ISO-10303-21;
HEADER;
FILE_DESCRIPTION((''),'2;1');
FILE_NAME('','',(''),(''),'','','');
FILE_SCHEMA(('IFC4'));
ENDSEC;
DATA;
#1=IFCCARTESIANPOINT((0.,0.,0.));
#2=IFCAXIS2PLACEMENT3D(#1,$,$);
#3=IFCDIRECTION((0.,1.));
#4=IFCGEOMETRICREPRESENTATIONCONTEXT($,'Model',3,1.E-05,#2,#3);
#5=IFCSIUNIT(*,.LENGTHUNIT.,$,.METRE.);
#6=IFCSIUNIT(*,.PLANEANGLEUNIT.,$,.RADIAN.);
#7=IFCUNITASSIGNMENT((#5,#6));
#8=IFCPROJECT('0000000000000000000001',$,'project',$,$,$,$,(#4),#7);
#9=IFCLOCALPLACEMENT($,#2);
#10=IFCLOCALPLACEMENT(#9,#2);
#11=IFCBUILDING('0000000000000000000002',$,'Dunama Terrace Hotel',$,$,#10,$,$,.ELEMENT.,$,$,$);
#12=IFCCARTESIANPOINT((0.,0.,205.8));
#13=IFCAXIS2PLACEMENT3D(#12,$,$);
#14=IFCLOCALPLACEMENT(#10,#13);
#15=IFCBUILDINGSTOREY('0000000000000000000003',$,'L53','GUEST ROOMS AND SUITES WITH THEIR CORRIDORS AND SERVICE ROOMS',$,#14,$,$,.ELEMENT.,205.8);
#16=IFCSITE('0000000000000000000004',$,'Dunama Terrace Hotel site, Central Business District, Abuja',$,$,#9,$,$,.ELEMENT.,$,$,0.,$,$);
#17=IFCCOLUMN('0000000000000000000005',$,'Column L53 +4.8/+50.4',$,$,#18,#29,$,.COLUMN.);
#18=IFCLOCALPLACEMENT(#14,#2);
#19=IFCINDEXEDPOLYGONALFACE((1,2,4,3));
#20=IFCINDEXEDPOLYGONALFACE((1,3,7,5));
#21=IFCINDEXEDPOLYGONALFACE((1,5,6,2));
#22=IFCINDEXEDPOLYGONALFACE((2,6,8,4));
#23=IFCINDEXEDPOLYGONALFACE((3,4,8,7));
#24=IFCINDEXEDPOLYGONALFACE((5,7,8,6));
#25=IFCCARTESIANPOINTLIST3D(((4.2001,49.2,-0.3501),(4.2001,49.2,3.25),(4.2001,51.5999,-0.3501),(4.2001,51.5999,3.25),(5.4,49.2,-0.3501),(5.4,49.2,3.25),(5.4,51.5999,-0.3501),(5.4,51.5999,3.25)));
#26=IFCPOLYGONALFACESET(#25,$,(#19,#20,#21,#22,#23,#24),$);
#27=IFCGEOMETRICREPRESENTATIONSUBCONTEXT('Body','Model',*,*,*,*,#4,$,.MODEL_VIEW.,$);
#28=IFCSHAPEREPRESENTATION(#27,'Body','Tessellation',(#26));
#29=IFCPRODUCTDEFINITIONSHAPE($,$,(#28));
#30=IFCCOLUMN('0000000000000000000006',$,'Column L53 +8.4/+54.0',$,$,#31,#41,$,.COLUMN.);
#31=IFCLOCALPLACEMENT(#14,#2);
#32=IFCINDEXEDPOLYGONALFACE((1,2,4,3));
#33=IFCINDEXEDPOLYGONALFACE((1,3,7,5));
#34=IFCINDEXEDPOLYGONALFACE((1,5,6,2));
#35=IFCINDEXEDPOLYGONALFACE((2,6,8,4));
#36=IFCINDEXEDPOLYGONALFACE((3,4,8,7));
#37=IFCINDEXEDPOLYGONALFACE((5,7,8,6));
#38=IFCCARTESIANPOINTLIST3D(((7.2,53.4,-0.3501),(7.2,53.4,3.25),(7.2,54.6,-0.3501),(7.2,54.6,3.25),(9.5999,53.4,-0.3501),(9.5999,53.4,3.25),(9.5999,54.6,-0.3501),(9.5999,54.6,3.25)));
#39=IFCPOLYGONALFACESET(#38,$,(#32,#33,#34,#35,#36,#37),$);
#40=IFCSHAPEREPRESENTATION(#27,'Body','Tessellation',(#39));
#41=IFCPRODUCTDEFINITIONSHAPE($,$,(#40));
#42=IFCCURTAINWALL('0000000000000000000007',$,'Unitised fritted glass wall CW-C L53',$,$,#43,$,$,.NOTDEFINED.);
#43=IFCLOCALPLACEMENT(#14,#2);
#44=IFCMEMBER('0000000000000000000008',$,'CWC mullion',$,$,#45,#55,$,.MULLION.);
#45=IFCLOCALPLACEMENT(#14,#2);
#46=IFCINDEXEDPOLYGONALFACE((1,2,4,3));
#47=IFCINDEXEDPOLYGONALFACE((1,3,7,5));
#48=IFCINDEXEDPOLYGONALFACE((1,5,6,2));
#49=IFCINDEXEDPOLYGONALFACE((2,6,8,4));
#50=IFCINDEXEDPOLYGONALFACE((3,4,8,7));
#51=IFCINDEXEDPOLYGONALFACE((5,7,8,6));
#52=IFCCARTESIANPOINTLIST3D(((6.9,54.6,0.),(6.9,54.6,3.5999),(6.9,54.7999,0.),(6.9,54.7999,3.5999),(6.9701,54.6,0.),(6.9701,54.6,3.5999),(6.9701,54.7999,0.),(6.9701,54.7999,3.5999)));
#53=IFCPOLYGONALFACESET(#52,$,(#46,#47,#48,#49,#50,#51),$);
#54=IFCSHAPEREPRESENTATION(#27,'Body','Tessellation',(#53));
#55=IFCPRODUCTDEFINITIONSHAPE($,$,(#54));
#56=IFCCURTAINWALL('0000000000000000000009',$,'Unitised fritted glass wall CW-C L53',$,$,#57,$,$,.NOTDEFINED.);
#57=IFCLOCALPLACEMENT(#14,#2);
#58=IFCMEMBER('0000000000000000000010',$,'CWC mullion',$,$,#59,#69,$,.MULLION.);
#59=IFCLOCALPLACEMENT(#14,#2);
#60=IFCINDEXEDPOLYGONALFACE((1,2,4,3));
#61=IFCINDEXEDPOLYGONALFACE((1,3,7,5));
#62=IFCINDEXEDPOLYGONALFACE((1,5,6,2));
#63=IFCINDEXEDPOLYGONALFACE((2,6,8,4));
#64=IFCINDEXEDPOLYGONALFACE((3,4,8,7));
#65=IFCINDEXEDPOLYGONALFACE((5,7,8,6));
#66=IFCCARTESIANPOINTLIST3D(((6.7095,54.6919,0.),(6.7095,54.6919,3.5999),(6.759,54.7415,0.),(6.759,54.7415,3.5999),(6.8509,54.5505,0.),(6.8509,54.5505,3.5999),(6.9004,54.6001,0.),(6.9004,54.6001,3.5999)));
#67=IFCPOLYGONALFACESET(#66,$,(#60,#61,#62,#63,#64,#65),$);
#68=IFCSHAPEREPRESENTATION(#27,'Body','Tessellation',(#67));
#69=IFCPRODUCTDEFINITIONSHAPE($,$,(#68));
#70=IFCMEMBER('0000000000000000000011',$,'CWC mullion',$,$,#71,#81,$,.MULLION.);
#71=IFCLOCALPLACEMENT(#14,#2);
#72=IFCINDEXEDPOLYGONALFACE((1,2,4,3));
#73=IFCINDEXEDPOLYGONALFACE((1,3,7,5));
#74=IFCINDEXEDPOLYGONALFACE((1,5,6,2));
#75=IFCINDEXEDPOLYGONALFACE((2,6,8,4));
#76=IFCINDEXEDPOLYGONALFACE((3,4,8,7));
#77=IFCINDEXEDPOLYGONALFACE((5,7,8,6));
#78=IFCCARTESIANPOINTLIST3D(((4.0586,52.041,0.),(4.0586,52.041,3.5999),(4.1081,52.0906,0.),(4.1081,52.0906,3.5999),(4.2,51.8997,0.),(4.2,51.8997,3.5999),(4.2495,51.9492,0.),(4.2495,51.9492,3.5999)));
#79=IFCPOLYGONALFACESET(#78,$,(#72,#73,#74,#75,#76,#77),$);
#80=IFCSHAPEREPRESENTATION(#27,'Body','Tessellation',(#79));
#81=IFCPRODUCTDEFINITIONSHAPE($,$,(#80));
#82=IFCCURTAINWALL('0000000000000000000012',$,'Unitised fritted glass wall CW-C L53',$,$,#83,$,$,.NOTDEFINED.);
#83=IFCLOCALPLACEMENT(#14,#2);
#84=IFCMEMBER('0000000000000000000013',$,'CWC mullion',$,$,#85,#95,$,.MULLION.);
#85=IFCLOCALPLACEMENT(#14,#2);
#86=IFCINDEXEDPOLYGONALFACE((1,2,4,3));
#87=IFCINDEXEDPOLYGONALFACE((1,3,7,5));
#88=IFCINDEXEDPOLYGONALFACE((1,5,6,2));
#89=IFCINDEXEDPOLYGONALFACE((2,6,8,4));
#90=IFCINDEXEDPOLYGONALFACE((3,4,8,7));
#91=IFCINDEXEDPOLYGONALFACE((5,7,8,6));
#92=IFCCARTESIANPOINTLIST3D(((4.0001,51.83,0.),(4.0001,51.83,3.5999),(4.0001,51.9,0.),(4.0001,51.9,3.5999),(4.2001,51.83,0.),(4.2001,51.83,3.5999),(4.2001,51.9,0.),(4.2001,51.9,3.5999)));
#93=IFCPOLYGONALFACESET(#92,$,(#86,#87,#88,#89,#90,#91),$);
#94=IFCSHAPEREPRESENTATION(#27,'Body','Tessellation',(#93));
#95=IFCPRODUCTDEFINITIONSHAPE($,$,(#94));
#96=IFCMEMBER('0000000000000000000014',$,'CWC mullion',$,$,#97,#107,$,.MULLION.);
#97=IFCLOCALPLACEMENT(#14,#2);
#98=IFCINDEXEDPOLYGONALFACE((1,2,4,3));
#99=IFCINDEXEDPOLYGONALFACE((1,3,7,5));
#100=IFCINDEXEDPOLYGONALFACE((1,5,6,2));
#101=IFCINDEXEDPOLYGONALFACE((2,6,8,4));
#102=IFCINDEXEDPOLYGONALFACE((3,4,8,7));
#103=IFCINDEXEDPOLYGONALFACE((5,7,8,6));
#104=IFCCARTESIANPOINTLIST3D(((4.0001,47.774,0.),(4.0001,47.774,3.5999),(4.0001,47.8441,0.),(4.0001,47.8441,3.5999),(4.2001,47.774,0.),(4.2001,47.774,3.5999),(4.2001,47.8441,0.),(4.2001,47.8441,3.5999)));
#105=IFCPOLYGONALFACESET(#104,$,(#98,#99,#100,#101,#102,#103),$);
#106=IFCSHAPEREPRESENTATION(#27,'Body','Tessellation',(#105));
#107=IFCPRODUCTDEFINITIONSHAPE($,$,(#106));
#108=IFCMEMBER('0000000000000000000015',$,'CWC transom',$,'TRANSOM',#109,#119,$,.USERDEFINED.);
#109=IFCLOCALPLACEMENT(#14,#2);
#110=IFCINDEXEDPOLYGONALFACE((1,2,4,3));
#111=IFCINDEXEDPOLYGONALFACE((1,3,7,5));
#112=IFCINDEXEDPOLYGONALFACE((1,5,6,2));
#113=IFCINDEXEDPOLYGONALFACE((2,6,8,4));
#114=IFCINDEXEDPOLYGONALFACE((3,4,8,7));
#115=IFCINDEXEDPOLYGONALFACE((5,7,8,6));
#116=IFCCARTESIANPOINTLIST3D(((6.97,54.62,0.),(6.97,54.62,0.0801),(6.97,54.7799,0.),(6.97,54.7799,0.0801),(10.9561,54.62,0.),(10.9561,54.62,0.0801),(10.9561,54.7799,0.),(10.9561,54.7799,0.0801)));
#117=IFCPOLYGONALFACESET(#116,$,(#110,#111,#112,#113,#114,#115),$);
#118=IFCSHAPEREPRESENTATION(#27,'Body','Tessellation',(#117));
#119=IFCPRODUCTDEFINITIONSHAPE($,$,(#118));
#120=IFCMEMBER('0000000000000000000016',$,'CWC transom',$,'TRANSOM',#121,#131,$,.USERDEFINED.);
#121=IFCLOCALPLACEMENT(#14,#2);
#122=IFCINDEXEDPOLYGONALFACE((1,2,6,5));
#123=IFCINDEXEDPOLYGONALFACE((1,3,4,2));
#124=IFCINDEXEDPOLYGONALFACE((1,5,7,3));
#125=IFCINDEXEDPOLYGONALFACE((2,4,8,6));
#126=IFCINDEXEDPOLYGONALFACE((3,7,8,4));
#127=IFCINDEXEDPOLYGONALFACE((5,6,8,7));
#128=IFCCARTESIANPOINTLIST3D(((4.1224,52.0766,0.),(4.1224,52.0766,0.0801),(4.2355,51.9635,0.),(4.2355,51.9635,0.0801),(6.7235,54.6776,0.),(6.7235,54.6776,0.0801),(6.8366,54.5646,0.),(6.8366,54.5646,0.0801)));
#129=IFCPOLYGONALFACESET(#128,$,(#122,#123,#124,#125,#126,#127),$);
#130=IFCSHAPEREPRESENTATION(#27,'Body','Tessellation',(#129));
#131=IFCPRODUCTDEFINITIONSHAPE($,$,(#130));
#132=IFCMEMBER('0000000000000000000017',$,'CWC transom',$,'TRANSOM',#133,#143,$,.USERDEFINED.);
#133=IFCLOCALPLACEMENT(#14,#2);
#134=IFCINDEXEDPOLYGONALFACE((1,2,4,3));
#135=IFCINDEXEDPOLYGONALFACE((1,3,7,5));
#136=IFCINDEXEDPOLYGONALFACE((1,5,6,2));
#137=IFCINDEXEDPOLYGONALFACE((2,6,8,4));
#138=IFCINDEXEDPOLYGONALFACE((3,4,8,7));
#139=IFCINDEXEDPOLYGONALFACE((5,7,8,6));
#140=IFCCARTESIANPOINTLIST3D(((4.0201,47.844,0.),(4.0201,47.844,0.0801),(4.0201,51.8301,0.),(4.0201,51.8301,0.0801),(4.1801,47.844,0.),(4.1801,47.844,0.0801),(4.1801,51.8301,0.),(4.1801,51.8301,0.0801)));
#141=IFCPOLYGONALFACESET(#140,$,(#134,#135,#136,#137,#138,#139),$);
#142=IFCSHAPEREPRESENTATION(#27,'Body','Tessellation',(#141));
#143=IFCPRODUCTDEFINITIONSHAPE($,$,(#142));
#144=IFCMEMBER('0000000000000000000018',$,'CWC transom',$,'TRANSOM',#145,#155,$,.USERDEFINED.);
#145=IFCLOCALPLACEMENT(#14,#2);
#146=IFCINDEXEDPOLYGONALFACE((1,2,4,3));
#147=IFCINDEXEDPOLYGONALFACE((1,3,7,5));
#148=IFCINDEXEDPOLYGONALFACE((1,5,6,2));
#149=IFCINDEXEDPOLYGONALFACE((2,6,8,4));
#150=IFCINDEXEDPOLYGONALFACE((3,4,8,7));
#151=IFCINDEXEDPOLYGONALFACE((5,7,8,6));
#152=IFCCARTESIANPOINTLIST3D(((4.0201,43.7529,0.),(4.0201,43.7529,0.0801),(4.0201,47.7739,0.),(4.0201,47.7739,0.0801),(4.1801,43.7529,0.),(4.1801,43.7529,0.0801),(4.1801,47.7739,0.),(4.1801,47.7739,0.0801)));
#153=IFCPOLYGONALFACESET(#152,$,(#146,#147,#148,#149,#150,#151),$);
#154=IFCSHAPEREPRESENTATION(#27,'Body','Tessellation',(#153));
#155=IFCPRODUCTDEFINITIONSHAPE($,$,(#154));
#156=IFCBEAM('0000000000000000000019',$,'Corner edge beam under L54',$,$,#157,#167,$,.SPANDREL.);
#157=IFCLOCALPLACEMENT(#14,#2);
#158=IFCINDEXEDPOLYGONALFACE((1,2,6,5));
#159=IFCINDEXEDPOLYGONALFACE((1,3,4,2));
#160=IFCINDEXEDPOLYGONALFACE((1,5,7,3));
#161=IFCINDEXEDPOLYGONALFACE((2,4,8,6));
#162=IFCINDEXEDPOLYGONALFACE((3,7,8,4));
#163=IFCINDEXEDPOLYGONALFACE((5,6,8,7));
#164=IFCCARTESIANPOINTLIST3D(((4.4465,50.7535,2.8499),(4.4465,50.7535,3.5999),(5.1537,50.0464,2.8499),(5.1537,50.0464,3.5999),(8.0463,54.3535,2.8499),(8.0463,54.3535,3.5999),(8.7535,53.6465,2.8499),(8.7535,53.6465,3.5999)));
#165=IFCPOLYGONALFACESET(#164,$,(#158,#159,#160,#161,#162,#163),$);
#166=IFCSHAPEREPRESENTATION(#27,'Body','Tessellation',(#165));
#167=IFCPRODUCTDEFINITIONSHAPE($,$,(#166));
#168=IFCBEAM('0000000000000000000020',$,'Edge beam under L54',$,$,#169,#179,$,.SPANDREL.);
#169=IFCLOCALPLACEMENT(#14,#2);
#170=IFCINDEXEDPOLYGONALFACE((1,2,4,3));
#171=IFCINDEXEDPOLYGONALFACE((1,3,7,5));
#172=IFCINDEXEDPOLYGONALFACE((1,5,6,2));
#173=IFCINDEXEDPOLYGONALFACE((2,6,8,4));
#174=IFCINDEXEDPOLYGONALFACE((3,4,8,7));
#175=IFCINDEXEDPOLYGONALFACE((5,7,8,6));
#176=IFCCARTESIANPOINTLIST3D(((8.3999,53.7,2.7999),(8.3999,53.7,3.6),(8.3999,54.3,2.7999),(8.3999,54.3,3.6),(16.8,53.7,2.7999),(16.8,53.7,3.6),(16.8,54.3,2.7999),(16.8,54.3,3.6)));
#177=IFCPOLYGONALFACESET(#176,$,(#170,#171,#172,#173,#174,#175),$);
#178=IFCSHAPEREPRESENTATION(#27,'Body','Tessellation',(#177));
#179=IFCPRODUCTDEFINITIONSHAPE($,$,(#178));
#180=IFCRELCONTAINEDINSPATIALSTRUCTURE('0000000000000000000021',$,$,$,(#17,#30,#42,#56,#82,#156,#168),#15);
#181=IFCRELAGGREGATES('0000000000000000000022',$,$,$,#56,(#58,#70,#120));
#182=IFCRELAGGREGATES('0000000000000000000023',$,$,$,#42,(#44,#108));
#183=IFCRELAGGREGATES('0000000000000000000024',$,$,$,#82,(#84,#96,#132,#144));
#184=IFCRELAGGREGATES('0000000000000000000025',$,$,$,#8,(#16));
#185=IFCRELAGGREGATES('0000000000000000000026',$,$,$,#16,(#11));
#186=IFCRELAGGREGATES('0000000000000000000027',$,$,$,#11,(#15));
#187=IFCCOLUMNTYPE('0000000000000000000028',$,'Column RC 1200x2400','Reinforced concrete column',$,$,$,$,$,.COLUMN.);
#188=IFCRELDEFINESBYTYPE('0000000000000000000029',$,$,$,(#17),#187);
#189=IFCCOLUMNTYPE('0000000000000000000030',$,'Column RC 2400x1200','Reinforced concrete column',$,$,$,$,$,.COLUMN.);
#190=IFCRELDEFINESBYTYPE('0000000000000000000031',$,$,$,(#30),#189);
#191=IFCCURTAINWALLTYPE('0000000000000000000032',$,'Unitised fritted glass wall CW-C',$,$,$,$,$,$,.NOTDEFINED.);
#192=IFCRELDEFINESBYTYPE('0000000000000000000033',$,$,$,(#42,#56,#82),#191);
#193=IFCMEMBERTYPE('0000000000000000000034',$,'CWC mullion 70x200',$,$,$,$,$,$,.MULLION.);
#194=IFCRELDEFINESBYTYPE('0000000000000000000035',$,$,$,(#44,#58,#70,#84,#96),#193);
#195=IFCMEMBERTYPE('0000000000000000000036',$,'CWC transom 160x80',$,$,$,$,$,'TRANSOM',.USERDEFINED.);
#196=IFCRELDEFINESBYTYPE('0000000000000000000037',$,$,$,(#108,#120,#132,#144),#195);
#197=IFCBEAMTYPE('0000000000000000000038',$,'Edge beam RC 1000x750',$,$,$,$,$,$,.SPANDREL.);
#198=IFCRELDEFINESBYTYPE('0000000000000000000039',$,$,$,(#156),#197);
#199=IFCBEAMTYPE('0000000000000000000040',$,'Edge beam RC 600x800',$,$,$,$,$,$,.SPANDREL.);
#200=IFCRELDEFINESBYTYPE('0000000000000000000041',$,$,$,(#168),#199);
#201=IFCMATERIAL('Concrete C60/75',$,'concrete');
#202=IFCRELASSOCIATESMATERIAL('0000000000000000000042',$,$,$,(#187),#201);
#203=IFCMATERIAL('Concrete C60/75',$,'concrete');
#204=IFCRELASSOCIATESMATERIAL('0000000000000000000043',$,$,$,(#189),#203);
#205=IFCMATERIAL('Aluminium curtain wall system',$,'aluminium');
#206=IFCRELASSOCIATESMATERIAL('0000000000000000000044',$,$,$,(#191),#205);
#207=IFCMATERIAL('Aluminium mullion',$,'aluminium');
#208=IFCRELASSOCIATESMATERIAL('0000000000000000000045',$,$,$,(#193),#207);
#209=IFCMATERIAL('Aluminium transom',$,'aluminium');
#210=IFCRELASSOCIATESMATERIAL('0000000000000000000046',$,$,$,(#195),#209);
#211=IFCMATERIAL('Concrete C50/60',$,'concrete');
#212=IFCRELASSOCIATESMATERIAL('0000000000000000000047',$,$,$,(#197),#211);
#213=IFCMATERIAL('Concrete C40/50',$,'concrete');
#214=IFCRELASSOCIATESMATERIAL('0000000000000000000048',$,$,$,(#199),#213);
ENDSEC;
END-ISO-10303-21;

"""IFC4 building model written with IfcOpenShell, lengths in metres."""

from ifc_helpers import new_model, si_unit, direction, frame, origin, origin_2d, place, context, subcontext, project, spatial, rectangle, extrude, material, material_profile, profile_set, type_object, element, aggregate, save


model = new_model("IFC4")

# Units and contexts
model_context = context("Model", 3, precision=1e-05, world=origin(), true_north=direction((0.0, 1.0)))
body_context = subcontext(model_context, "Body", "Model", "MODEL_VIEW")
ifc_project = project(units=[si_unit("LENGTHUNIT", "METRE"), si_unit("PLANEANGLEUNIT", "RADIAN")], contexts=[model_context])

# Site, building, storey
site_placement = place(None, origin())
site = spatial("IfcSite", under=ifc_project, at=site_placement, Name="Dunama Terrace Hotel site, Central Business District, Abuja", CompositionType="ELEMENT", RefElevation=0.0)
building_placement = place(site_placement, origin())
building = spatial("IfcBuilding", under=site, at=building_placement, Name="Dunama Terrace Hotel", CompositionType="ELEMENT")
storey_placement = place(building_placement, frame((0.0, 0.0, 205.8)))
storey = spatial("IfcBuildingStorey", under=building, at=storey_placement, Name="L53", Description="GUEST ROOMS AND SUITES WITH THEIR CORRIDORS AND SERVICE ROOMS", CompositionType="ELEMENT", Elevation=205.8)

# Columns
ifc_material_1 = material(Name="Concrete C60/75", Category="concrete")
ifc_material_profile_1 = material_profile(ifc_material_1, rectangle(XDim=1.2, YDim=2.3999, at=origin_2d()), Name="RC 1200x2400")
ifc_profile_set_1 = profile_set([ifc_material_profile_1], Name="Concrete C60/75")
column_type_1 = type_object("IfcColumnType", Name="Column RC 1200x2400", Description="Reinforced concrete column", PredefinedType="COLUMN", material=ifc_profile_set_1)
column_1_placement = place(storey_placement, frame((4.8, 50.3999, -0.3501), z_axis=(0.0, 0.0, 1.0), x_axis=(1.0, 0.0, 0.0)))
element("IfcColumn", 1, at=column_1_placement, inside=storey, type_object=column_type_1, Name="Column L53 +4.8/+50.4", PredefinedType="COLUMN", context=body_context, shape_type="SweptSolid", body=[
    extrude(rectangle(XDim=1.2, YDim=2.3999, at=origin_2d()), origin(), (0.0, 0.0, 1.0), 3.6001),
])
ifc_material_2 = material(Name="Concrete C60/75", Category="concrete")
ifc_material_profile_2 = material_profile(ifc_material_2, rectangle(XDim=2.3999, YDim=1.2, at=origin_2d()), Name="RC 2400x1200")
ifc_profile_set_2 = profile_set([ifc_material_profile_2], Name="Concrete C60/75")
column_type_2 = type_object("IfcColumnType", Name="Column RC 2400x1200", Description="Reinforced concrete column", PredefinedType="COLUMN", material=ifc_profile_set_2)
column_2_placement = place(storey_placement, frame((8.3999, 54.0, -0.3501), z_axis=(0.0, 0.0, 1.0), x_axis=(1.0, 0.0, 0.0)))
element("IfcColumn", 2, at=column_2_placement, inside=storey, type_object=column_type_2, Name="Column L53 +8.4/+54.0", PredefinedType="COLUMN", context=body_context, shape_type="SweptSolid", body=[
    extrude(rectangle(XDim=2.3999, YDim=1.2, at=origin_2d()), origin(), (0.0, 0.0, 1.0), 3.6001),
])

# Curtain wall, member
ifc_material_3 = material(Name="Aluminium curtain wall system", Category="aluminium")
curtain_wall_type = type_object("IfcCurtainWallType", Name="Unitised fritted glass wall CW-C", PredefinedType="NOTDEFINED", material=ifc_material_3)
curtain_wall_1_placement = place(storey_placement, origin())
curtain_wall_1 = element("IfcCurtainWall", 3, at=curtain_wall_1_placement, inside=storey, type_object=curtain_wall_type, Name="Unitised fritted glass wall CW-C L53", PredefinedType="NOTDEFINED")
ifc_material_4 = material(Name="Aluminium mullion", Category="aluminium")
ifc_material_profile_3 = material_profile(ifc_material_4, rectangle(XDim=0.0701, YDim=0.2, at=origin_2d()), Name="CWC MULLION 70X200")
ifc_profile_set_3 = profile_set([ifc_material_profile_3], Name="Aluminium mullion")
member_type_1 = type_object("IfcMemberType", Name="CWC mullion 70x200", PredefinedType="MULLION", material=ifc_profile_set_3)
member_1_placement = place(storey_placement, frame((6.9351, 54.7, 0.0), z_axis=(0.0, 0.0, 1.0), x_axis=(-1.0, 0.0, 0.0)))
member_1 = element("IfcMember", 4, at=member_1_placement, type_object=member_type_1, Name="CWC mullion", PredefinedType="MULLION", context=body_context, shape_type="SweptSolid", body=[
    extrude(rectangle(XDim=0.0701, YDim=0.2, at=origin_2d()), origin(), (0.0, 0.0, 1.0), 3.5999),
])

# Curtain walls, members
curtain_wall_2_placement = place(storey_placement, origin())
curtain_wall_2 = element("IfcCurtainWall", 5, at=curtain_wall_2_placement, inside=storey, type_object=curtain_wall_type, Name="Unitised fritted glass wall CW-C L53", PredefinedType="NOTDEFINED")
member_2_placement = place(storey_placement, frame((6.8049, 54.646, 0.0), z_axis=(0.0, 0.0, 1.0), x_axis=(-0.707107, -0.707107, 0.0)))
member_2 = element("IfcMember", 6, at=member_2_placement, type_object=member_type_1, Name="CWC mullion", PredefinedType="MULLION", context=body_context, shape_type="SweptSolid", body=[
    extrude(rectangle(XDim=0.0701, YDim=0.2, at=origin_2d()), origin(), (0.0, 0.0, 1.0), 3.5999),
])
member_3_placement = place(storey_placement, frame((4.1541, 51.9951, 0.0), z_axis=(0.0, 0.0, 1.0), x_axis=(-0.707107, -0.707107, 0.0)))
member_3 = element("IfcMember", 7, at=member_3_placement, type_object=member_type_1, Name="CWC mullion", PredefinedType="MULLION", context=body_context, shape_type="SweptSolid", body=[
    extrude(rectangle(XDim=0.0701, YDim=0.2, at=origin_2d()), origin(), (0.0, 0.0, 1.0), 3.5999),
])
curtain_wall_3_placement = place(storey_placement, origin())
curtain_wall_3 = element("IfcCurtainWall", 8, at=curtain_wall_3_placement, inside=storey, type_object=curtain_wall_type, Name="Unitised fritted glass wall CW-C L53", PredefinedType="NOTDEFINED")
member_4_placement = place(storey_placement, frame((4.1001, 51.865, 0.0), z_axis=(0.0, 0.0, 1.0), x_axis=(0.0, -1.0, 0.0)))
member_4 = element("IfcMember", 9, at=member_4_placement, type_object=member_type_1, Name="CWC mullion", PredefinedType="MULLION", context=body_context, shape_type="SweptSolid", body=[
    extrude(rectangle(XDim=0.0701, YDim=0.2, at=origin_2d()), origin(), (0.0, 0.0, 1.0), 3.5999),
])
member_5_placement = place(storey_placement, frame((4.1001, 47.8091, 0.0), z_axis=(0.0, 0.0, 1.0), x_axis=(0.0, -1.0, 0.0)))
member_5 = element("IfcMember", 10, at=member_5_placement, type_object=member_type_1, Name="CWC mullion", PredefinedType="MULLION", context=body_context, shape_type="SweptSolid", body=[
    extrude(rectangle(XDim=0.0701, YDim=0.2, at=origin_2d()), origin(), (0.0, 0.0, 1.0), 3.5999),
])

# Members
ifc_material_5 = material(Name="Aluminium transom", Category="aluminium")
ifc_material_profile_4 = material_profile(ifc_material_5, rectangle(XDim=0.1599, YDim=0.0801, at=origin_2d()), Name="CWC TRANSOM 160X80")
ifc_profile_set_4 = profile_set([ifc_material_profile_4], Name="Aluminium transom")
member_type_2 = type_object("IfcMemberType", Name="CWC transom 160x80", ElementType="TRANSOM", PredefinedType="USERDEFINED", material=ifc_profile_set_4)
member_6_placement = place(storey_placement, frame((10.9561, 54.7, 0.04), z_axis=(-1.0, 0.0, 0.0), x_axis=(0.0, -1.0, 0.0)))
member_6 = element("IfcMember", 11, at=member_6_placement, type_object=member_type_2, Name="CWC transom", ObjectType="TRANSOM", PredefinedType="USERDEFINED", context=body_context, shape_type="SweptSolid", body=[
    extrude(rectangle(XDim=0.1599, YDim=0.0801, at=origin_2d()), origin(), (0.0, 0.0, 1.0), 3.9861),
])
member_7_placement = place(storey_placement, frame((6.78, 54.6211, 0.04), z_axis=(-0.707107, -0.707107, 0.0), x_axis=(0.707107, -0.707107, 0.0)))
member_7 = element("IfcMember", 12, at=member_7_placement, type_object=member_type_2, Name="CWC transom", ObjectType="TRANSOM", PredefinedType="USERDEFINED", context=body_context, shape_type="SweptSolid", body=[
    extrude(rectangle(XDim=0.1599, YDim=0.0801, at=origin_2d()), origin(), (0.0, 0.0, 1.0), 3.6785),
])
member_8_placement = place(storey_placement, frame((4.1001, 51.8301, 0.04), z_axis=(0.0, -1.0, 0.0), x_axis=(1.0, 0.0, 0.0)))
member_8 = element("IfcMember", 13, at=member_8_placement, type_object=member_type_2, Name="CWC transom", ObjectType="TRANSOM", PredefinedType="USERDEFINED", context=body_context, shape_type="SweptSolid", body=[
    extrude(rectangle(XDim=0.1599, YDim=0.0801, at=origin_2d()), origin(), (0.0, 0.0, 1.0), 3.9861),
])
member_9_placement = place(storey_placement, frame((4.1001, 47.7739, 0.04), z_axis=(0.0, -1.0, 0.0), x_axis=(1.0, 0.0, 0.0)))
member_9 = element("IfcMember", 14, at=member_9_placement, type_object=member_type_2, Name="CWC transom", ObjectType="TRANSOM", PredefinedType="USERDEFINED", context=body_context, shape_type="SweptSolid", body=[
    extrude(rectangle(XDim=0.1599, YDim=0.0801, at=origin_2d()), origin(), (0.0, 0.0, 1.0), 4.021),
])

# Beams
ifc_material_6 = material(Name="Concrete C50/60", Category="concrete")
ifc_material_profile_5 = material_profile(ifc_material_6, rectangle(XDim=1.0, YDim=0.75, at=origin_2d()), Name="RC 1000x750")
ifc_profile_set_5 = profile_set([ifc_material_profile_5], Name="Concrete C50/60")
beam_type_1 = type_object("IfcBeamType", Name="Edge beam RC 1000x750", PredefinedType="SPANDREL", material=ifc_profile_set_5)
beam_1_placement = place(storey_placement, frame((8.3999, 54.0, 3.2249), z_axis=(-0.707083, -0.707131, 0.0), x_axis=(0.707131, -0.707083, 0.0)))
element("IfcBeam", 15, at=beam_1_placement, inside=storey, type_object=beam_type_1, Name="Corner edge beam under L54", PredefinedType="SPANDREL", context=body_context, shape_type="SweptSolid", body=[
    extrude(rectangle(XDim=1.0, YDim=0.75, at=origin_2d()), origin(), (0.0, 0.0, 1.0), 5.0911),
])
ifc_material_7 = material(Name="Concrete C40/50", Category="concrete")
ifc_material_profile_6 = material_profile(ifc_material_7, rectangle(XDim=0.6001, YDim=0.8, at=origin_2d()), Name="RC 600x800")
ifc_profile_set_6 = profile_set([ifc_material_profile_6], Name="Concrete C40/50")
beam_type_2 = type_object("IfcBeamType", Name="Edge beam RC 600x800", PredefinedType="SPANDREL", material=ifc_profile_set_6)
beam_2_placement = place(storey_placement, frame((8.3999, 54.0, 3.2), z_axis=(1.0, 0.0, 0.0), x_axis=(0.0, 1.0, 0.0)))
element("IfcBeam", 16, at=beam_2_placement, inside=storey, type_object=beam_type_2, Name="Edge beam under L54", PredefinedType="SPANDREL", context=body_context, shape_type="SweptSolid", body=[
    extrude(rectangle(XDim=0.6001, YDim=0.8, at=origin_2d()), origin(), (0.0, 0.0, 1.0), 8.4001),
])

aggregate(curtain_wall_2, [member_2, member_3, member_7])
aggregate(curtain_wall_1, [member_1, member_6])
aggregate(curtain_wall_3, [member_4, member_5, member_8, member_9])

save(model, "model.ifc")
